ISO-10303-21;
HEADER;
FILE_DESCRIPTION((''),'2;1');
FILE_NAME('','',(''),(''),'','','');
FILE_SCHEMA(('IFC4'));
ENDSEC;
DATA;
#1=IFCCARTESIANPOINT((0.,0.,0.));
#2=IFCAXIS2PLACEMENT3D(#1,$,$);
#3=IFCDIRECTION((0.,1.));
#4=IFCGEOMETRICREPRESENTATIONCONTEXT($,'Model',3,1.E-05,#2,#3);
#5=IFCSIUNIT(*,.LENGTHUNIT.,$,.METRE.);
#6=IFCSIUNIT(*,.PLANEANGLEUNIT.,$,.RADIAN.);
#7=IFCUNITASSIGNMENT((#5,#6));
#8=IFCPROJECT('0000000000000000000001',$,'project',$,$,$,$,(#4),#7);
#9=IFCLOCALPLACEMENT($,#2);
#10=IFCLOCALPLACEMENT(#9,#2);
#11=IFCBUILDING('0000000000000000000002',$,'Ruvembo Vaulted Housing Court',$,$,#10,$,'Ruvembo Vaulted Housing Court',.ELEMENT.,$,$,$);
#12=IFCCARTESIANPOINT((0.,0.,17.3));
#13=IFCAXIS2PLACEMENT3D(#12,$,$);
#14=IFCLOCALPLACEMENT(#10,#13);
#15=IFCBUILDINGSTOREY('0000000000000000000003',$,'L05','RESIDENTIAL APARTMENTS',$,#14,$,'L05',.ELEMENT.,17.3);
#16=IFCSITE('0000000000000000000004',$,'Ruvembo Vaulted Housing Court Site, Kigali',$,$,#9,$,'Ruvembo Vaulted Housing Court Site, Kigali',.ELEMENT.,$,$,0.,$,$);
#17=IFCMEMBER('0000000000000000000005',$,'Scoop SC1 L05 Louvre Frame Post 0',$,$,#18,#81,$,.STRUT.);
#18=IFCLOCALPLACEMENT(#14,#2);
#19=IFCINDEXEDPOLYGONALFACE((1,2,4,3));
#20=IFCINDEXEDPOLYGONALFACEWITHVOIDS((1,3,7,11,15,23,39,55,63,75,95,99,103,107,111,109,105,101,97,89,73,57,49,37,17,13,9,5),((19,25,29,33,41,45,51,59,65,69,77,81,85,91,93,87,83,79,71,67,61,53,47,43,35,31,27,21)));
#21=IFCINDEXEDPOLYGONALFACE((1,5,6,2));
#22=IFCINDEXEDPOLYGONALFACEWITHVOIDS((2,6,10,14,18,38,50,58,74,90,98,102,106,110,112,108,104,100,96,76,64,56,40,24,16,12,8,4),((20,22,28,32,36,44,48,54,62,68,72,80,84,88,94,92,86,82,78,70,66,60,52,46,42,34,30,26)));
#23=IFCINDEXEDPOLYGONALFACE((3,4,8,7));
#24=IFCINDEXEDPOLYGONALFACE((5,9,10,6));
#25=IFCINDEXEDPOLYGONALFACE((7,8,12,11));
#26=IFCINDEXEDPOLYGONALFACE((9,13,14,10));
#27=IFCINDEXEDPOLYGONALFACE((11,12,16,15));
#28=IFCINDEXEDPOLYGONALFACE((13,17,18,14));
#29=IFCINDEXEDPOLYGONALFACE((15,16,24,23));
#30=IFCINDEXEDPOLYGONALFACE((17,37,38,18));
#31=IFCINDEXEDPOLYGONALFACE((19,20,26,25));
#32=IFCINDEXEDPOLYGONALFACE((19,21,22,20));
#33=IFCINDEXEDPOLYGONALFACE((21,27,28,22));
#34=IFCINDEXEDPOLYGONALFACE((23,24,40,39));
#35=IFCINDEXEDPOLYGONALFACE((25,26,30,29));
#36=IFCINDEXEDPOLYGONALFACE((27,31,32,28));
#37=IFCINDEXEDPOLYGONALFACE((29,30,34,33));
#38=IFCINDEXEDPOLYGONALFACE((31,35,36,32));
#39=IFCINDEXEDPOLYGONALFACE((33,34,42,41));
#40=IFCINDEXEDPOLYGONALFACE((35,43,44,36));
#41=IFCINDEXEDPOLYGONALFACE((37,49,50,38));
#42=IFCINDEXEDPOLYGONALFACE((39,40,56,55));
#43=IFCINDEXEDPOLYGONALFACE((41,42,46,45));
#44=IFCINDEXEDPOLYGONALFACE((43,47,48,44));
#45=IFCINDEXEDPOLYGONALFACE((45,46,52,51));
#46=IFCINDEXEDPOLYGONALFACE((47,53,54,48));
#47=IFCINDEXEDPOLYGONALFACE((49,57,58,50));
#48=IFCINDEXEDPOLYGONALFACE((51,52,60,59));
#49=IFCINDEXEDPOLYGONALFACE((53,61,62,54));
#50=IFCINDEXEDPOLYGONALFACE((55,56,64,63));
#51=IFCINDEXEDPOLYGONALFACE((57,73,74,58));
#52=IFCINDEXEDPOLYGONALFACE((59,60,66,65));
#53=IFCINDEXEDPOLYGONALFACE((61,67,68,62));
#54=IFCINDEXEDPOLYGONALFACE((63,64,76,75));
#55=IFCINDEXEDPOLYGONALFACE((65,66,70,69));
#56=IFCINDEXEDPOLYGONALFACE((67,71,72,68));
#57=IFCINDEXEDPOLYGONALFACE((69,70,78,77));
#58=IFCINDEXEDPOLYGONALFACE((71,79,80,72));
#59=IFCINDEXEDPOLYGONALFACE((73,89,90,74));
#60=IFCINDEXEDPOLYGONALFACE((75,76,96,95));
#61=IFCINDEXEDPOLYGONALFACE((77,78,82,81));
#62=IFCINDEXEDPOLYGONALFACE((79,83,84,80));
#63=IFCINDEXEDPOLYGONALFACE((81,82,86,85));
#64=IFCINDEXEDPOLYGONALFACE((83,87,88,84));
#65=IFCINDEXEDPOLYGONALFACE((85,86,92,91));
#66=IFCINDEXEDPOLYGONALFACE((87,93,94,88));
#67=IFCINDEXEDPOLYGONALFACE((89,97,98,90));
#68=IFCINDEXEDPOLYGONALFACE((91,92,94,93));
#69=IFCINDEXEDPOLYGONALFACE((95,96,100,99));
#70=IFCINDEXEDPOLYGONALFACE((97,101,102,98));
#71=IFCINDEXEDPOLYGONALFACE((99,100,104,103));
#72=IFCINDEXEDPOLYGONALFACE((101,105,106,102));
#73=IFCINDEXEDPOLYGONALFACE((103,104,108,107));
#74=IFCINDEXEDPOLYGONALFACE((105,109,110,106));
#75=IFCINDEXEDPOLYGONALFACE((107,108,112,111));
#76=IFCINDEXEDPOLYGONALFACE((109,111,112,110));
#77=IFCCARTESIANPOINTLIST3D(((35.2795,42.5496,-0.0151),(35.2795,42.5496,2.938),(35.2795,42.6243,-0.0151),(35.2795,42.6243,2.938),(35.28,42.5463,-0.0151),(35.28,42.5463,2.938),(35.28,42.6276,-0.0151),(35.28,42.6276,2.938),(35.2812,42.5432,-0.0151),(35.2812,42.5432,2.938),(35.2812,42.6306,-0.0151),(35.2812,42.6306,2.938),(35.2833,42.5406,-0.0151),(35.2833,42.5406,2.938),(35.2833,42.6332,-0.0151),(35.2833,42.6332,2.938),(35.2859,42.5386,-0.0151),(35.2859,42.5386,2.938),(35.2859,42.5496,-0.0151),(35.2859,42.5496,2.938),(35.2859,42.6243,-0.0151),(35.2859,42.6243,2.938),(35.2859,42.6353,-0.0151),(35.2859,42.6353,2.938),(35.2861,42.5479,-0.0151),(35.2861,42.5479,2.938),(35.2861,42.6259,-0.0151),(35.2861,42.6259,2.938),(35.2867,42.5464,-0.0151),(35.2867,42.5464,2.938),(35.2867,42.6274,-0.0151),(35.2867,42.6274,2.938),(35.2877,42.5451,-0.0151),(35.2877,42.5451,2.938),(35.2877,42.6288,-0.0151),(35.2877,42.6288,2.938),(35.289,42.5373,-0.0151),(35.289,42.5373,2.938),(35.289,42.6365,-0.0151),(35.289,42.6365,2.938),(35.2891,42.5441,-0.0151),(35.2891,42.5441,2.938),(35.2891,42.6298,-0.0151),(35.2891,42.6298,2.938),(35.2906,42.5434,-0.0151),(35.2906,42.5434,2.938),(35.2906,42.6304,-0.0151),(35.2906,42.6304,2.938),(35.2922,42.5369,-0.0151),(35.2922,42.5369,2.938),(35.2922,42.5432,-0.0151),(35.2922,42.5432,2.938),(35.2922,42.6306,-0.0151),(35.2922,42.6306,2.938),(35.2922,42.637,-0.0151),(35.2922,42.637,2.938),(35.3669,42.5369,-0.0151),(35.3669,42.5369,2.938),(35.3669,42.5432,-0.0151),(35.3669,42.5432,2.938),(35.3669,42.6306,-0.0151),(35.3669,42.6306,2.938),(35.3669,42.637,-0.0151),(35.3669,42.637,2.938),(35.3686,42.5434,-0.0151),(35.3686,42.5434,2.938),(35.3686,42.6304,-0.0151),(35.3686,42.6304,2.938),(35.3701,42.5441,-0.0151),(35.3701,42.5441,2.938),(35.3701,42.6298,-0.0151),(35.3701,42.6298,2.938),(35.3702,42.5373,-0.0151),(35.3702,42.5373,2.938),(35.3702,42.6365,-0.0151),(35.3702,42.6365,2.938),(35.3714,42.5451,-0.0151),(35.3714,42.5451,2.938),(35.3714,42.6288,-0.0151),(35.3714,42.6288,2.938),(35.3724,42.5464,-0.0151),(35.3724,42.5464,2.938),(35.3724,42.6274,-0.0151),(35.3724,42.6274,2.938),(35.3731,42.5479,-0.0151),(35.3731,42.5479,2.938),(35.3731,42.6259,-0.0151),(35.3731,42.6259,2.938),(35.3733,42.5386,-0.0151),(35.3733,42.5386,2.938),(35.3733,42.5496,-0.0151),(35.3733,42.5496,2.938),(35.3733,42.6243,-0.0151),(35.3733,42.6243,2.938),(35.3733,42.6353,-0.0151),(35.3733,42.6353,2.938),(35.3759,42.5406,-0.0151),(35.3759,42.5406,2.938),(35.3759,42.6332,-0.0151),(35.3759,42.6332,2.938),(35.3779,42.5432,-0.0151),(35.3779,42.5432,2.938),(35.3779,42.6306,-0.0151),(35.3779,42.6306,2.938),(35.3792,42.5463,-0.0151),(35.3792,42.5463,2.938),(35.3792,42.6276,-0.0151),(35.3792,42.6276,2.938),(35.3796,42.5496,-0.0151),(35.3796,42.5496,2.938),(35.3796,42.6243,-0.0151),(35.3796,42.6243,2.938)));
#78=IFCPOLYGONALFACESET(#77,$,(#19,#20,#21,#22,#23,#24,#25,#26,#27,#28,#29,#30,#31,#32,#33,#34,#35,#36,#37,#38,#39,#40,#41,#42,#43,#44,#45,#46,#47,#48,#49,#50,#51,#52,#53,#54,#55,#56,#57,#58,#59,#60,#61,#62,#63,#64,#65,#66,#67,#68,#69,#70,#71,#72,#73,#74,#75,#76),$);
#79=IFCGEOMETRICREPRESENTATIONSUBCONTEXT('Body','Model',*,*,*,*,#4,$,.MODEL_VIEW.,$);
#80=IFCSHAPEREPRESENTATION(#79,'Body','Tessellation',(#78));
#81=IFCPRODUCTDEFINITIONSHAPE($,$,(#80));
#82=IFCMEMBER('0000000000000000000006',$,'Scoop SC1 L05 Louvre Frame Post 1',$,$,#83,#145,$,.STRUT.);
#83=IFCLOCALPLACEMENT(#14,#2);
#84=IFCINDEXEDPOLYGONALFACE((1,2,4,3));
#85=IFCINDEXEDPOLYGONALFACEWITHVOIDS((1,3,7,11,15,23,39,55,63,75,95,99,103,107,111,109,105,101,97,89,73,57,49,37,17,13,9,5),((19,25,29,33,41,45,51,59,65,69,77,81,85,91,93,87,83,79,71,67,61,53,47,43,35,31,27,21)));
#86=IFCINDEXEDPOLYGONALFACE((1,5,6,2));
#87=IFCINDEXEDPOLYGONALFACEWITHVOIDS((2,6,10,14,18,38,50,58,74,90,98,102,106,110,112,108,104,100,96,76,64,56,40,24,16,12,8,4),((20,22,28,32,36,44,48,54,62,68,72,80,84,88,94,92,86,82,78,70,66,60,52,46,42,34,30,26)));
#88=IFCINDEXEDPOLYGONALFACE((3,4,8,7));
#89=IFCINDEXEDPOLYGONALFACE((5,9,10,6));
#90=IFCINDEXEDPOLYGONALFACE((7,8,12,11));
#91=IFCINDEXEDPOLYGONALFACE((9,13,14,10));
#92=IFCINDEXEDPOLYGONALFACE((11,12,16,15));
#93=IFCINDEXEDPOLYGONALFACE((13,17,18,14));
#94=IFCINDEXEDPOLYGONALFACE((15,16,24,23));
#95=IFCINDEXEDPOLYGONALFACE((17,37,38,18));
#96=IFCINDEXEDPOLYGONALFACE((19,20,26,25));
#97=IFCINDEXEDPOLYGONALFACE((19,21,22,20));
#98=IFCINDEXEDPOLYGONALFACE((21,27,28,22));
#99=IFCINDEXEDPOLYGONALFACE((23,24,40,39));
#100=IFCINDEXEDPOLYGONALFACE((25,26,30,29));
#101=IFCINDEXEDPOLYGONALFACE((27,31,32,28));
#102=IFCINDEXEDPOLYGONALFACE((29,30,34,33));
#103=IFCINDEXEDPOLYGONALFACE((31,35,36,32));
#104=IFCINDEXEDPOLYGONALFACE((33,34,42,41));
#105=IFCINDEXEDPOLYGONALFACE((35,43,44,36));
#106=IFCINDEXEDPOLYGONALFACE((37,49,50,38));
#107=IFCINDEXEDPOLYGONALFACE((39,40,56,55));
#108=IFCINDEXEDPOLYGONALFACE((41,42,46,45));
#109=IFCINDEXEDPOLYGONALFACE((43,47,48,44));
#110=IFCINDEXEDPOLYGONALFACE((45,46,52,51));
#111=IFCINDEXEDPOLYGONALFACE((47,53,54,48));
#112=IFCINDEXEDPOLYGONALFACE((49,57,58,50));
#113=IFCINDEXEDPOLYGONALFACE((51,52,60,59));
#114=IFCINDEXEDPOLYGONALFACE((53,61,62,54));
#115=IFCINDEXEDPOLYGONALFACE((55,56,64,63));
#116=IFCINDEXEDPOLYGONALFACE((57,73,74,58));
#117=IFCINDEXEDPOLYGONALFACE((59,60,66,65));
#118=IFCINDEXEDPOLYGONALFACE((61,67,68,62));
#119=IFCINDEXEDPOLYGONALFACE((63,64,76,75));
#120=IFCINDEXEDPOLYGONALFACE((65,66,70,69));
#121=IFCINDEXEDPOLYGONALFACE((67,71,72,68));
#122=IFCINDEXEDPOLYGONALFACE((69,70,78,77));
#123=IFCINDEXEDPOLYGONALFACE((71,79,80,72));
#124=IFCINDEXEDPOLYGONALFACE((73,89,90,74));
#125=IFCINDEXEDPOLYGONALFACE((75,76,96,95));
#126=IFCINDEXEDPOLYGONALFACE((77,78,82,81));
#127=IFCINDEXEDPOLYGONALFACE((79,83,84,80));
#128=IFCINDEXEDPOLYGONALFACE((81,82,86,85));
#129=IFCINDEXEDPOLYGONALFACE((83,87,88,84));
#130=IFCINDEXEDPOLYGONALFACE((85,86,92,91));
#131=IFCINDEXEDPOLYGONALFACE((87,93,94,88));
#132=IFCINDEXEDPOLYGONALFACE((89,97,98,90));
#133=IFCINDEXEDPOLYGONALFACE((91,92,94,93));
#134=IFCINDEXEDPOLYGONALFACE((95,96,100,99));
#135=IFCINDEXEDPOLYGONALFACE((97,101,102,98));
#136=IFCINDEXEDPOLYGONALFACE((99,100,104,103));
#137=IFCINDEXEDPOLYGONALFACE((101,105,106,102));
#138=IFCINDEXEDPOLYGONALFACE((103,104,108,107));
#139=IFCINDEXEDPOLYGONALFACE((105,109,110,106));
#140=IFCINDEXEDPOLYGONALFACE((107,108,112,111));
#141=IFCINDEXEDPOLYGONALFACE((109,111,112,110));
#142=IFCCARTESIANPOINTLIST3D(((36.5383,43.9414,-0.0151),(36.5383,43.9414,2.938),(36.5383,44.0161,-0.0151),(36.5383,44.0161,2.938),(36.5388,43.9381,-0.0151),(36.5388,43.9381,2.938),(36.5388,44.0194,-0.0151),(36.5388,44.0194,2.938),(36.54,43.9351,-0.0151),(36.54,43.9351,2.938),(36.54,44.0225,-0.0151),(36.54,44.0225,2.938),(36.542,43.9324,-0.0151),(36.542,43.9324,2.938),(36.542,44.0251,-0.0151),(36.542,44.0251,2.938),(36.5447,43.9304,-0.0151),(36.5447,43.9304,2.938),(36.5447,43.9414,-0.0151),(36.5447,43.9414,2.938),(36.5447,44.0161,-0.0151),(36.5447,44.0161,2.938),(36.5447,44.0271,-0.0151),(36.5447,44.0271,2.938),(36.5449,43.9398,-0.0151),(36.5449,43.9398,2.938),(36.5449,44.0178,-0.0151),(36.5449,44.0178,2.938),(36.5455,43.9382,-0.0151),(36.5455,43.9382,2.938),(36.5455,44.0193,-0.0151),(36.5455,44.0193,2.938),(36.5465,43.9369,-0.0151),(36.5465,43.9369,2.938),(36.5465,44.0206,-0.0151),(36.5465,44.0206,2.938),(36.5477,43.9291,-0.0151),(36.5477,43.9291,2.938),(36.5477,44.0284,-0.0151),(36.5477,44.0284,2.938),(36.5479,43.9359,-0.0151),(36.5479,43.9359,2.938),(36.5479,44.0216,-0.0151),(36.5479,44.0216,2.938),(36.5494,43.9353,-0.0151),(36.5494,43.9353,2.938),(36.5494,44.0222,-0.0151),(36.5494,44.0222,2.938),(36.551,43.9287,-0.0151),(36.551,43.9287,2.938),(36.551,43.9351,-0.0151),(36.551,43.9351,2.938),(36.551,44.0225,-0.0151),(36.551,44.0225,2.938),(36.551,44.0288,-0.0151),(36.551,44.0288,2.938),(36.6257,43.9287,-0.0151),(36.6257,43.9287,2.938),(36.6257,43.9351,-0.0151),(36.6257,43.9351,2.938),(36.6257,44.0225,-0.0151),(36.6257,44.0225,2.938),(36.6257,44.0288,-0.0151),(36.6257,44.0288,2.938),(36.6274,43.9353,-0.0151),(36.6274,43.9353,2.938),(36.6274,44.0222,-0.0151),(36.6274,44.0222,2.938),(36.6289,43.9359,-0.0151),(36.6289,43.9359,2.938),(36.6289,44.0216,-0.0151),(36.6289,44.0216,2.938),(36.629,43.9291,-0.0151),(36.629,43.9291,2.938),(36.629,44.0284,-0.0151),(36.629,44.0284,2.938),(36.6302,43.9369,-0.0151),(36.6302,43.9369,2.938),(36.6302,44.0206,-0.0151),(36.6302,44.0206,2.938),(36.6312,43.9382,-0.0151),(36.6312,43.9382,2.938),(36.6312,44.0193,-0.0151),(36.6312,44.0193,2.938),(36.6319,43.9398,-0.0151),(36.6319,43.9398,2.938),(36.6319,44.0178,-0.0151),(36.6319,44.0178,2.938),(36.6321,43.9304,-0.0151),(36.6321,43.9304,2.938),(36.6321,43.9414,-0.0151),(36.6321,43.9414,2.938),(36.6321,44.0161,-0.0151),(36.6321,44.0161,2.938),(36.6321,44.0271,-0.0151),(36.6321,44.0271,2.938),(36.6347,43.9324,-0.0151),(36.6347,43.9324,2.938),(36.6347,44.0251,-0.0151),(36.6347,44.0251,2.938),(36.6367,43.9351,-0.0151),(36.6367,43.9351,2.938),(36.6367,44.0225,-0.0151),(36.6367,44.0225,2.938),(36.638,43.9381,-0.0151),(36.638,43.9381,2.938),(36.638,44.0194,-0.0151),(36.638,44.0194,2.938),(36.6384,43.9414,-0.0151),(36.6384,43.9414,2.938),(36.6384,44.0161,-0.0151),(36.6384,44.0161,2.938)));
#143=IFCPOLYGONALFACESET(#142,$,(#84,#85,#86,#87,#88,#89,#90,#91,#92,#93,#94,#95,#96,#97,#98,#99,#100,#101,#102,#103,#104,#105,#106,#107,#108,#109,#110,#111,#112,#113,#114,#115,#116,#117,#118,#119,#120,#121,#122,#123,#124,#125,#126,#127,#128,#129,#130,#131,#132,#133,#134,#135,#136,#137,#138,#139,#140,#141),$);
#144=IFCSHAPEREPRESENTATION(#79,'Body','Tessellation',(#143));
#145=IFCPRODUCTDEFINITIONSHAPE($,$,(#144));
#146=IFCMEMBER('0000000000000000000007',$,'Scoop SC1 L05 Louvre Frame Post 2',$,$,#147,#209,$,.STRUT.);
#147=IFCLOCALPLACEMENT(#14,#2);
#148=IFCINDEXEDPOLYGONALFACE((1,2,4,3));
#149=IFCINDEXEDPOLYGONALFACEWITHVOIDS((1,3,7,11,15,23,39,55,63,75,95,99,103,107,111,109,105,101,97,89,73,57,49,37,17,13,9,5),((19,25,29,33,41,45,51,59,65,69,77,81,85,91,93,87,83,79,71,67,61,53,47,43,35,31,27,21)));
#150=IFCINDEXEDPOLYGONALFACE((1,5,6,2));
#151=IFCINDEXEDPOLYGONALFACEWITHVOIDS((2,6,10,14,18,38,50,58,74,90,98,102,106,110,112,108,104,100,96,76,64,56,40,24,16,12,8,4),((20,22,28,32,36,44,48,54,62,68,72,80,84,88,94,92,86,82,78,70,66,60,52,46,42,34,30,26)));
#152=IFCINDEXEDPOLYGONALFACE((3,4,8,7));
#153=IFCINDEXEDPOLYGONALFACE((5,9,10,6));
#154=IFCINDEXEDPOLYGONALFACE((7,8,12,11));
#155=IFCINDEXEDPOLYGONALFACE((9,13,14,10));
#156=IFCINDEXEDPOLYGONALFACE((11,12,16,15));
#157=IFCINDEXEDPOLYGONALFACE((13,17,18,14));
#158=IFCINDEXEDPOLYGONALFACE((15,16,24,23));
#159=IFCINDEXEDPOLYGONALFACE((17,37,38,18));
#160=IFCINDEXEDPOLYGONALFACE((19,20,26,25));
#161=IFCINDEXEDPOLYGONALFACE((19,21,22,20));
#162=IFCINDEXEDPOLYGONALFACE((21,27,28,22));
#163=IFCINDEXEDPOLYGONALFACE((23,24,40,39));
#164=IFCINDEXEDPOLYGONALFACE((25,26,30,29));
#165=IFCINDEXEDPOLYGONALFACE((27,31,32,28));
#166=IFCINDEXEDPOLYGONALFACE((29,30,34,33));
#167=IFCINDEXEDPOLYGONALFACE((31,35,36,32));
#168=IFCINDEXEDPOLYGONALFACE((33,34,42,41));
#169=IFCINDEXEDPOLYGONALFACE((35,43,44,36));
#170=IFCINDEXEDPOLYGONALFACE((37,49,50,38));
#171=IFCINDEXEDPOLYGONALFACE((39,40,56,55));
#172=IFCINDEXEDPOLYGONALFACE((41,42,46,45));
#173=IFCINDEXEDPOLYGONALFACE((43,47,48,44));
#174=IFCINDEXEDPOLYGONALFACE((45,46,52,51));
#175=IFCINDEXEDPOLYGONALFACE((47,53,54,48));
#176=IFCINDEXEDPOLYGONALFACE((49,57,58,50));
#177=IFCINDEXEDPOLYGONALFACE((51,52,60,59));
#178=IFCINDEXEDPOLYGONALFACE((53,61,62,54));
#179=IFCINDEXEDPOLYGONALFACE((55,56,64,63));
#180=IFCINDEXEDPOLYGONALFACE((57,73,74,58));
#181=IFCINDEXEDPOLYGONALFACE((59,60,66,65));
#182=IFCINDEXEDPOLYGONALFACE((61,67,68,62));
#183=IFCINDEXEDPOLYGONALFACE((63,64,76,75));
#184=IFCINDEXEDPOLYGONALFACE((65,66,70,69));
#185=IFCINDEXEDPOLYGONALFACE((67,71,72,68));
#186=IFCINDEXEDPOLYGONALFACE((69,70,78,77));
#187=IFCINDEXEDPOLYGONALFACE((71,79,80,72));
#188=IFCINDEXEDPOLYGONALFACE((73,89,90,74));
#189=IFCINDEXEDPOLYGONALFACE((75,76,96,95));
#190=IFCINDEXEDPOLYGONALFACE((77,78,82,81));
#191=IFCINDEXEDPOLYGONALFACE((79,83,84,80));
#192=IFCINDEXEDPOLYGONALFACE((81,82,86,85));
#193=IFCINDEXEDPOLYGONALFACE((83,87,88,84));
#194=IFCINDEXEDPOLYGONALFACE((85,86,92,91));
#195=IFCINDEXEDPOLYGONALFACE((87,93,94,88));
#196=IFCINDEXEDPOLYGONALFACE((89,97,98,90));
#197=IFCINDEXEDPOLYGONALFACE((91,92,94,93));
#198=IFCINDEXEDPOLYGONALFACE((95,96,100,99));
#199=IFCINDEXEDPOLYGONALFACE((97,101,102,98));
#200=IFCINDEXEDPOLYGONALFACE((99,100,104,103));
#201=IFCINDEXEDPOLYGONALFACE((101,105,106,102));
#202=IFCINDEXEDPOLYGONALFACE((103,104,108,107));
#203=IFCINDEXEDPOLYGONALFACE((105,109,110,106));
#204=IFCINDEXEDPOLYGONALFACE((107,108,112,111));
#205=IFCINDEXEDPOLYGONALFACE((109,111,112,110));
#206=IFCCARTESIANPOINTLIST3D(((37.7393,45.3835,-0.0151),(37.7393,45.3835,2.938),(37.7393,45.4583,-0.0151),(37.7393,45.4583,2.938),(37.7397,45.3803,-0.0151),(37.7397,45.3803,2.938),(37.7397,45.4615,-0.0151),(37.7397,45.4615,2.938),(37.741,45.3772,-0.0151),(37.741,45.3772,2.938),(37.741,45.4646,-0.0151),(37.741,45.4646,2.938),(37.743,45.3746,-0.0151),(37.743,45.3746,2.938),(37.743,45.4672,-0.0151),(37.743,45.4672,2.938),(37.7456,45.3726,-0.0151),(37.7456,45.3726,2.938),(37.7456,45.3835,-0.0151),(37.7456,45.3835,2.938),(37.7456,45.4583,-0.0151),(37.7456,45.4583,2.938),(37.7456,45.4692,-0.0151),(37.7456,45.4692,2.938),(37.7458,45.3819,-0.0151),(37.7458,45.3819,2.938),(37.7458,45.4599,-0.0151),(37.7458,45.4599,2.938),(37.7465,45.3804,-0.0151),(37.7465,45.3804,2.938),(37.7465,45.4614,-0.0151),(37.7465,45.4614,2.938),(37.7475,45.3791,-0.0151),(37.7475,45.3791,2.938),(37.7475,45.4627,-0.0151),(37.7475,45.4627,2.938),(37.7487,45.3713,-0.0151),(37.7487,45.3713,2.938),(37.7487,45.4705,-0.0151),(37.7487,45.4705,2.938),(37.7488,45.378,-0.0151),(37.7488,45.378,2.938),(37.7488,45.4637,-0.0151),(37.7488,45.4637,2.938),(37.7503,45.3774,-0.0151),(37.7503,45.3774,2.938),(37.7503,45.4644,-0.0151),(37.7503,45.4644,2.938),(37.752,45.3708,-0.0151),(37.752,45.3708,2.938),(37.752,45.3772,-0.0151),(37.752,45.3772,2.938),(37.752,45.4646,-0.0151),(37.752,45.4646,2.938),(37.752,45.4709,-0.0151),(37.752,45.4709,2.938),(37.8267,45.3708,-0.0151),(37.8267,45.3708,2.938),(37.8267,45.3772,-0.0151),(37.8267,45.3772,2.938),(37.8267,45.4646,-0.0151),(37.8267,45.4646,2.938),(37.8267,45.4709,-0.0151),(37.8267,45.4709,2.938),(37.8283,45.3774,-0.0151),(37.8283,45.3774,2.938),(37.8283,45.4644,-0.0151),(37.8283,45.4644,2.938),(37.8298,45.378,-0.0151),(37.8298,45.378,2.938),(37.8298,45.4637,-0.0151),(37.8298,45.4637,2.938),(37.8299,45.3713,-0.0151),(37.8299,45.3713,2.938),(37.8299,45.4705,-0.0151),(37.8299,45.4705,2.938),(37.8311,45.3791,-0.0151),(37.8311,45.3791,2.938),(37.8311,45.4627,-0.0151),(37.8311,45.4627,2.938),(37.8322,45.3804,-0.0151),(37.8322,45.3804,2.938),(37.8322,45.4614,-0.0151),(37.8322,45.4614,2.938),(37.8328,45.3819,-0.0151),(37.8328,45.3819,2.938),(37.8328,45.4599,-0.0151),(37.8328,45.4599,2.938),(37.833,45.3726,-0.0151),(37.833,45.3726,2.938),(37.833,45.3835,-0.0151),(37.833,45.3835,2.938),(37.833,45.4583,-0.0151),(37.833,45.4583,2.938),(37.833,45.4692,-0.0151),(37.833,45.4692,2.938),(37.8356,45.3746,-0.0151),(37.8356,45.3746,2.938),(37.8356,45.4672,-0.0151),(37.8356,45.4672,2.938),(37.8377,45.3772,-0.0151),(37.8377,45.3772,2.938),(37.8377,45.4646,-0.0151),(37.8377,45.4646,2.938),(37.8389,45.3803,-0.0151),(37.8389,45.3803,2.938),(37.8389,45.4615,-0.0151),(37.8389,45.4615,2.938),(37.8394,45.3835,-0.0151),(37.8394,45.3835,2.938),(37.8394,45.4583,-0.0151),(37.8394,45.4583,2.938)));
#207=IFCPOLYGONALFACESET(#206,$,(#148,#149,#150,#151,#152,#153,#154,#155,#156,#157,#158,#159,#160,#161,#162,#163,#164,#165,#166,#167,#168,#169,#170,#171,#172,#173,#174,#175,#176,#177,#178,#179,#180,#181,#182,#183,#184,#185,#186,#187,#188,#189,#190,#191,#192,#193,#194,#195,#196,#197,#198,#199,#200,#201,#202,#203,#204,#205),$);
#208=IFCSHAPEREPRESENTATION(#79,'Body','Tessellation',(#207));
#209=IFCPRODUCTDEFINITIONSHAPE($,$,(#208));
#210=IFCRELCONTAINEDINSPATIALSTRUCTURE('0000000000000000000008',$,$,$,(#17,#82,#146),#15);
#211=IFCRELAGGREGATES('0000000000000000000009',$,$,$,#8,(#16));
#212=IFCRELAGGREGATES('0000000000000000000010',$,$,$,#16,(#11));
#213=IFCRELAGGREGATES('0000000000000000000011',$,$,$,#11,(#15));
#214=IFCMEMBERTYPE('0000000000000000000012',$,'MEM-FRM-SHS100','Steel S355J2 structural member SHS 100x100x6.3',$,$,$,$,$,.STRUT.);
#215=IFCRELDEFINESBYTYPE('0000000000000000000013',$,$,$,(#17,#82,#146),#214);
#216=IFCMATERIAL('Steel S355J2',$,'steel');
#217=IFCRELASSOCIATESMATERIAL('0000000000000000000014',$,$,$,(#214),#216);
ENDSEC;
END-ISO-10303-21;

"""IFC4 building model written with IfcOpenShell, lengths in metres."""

from ifc_helpers import new_model, si_unit, direction, frame, origin, origin_2d, place, context, subcontext, project, spatial, hollow_rectangle, extrude, material, material_profile, profile_set, type_object, element, save


model = new_model("IFC4")

# Units and contexts
model_context = context("Model", 3, precision=1e-05, world=origin(), true_north=direction((0.0, 1.0)))
body_context = subcontext(model_context, "Body", "Model", "MODEL_VIEW")
ifc_project = project(units=[si_unit("LENGTHUNIT", "METRE"), si_unit("PLANEANGLEUNIT", "RADIAN")], contexts=[model_context])

# Site, building, storey
site_placement = place(None, origin())
site = spatial("IfcSite", under=ifc_project, at=site_placement, Name="Ruvembo Vaulted Housing Court Site, Kigali", LongName="Ruvembo Vaulted Housing Court Site, Kigali", CompositionType="ELEMENT", RefElevation=0.0)
building_placement = place(site_placement, origin())
building = spatial("IfcBuilding", under=site, at=building_placement, Name="Ruvembo Vaulted Housing Court", LongName="Ruvembo Vaulted Housing Court", CompositionType="ELEMENT")
storey_placement = place(building_placement, frame((0.0, 0.0, 17.3)))
storey = spatial("IfcBuildingStorey", under=building, at=storey_placement, Name="L05", Description="RESIDENTIAL APARTMENTS", LongName="L05", CompositionType="ELEMENT", Elevation=17.3)

# Shared definitions
ifc_material_1 = material(Name="Steel S355J2", Category="steel")

# Members
ifc_material_profile_1 = material_profile(ifc_material_1, hollow_rectangle(XDim=0.1001, YDim=0.1001, WallThickness=0.0063, InnerFilletRadius=0.0063, OuterFilletRadius=0.0127, at=origin_2d()), Name="SHS 100x100x6.3")
ifc_profile_set_1 = profile_set([ifc_material_profile_1], Name="Steel S355J2")
member_type_1 = type_object("IfcMemberType", Name="MEM-FRM-SHS100", Description="Steel S355J2 structural member SHS 100x100x6.3", PredefinedType="STRUT", material=ifc_profile_set_1)
for number, where, z_axis, x_axis, name in (
    (1, (35.3296, 42.5869, -0.0151), (0.0, 0.0, 1.0), (1.0, 0.0, 0.0), "Scoop SC1 L05 Louvre Frame Post 0"),
    (2, (36.5884, 43.9788, -0.0151), (0.0, 0.0, 1.0), (1.0, 0.0, 0.0), "Scoop SC1 L05 Louvre Frame Post 1"),
    (3, (37.7893, 45.4209, -0.0151), (0.0, 0.0, 1.0), (1.0, 0.0, 0.0), "Scoop SC1 L05 Louvre Frame Post 2"),
):
    element("IfcMember", number, at=place(storey_placement, frame(where, z_axis=z_axis, x_axis=x_axis)), inside=storey, type_object=member_type_1, Name=name, PredefinedType="STRUT", context=body_context, shape_type="SweptSolid", body=[
        extrude(hollow_rectangle(XDim=0.1001, YDim=0.1001, WallThickness=0.0063, InnerFilletRadius=0.0063, OuterFilletRadius=0.0127, at=origin_2d()), origin(), (0.0, 0.0, 1.0), 2.9531),
    ])

save(model, "model.ifc")
